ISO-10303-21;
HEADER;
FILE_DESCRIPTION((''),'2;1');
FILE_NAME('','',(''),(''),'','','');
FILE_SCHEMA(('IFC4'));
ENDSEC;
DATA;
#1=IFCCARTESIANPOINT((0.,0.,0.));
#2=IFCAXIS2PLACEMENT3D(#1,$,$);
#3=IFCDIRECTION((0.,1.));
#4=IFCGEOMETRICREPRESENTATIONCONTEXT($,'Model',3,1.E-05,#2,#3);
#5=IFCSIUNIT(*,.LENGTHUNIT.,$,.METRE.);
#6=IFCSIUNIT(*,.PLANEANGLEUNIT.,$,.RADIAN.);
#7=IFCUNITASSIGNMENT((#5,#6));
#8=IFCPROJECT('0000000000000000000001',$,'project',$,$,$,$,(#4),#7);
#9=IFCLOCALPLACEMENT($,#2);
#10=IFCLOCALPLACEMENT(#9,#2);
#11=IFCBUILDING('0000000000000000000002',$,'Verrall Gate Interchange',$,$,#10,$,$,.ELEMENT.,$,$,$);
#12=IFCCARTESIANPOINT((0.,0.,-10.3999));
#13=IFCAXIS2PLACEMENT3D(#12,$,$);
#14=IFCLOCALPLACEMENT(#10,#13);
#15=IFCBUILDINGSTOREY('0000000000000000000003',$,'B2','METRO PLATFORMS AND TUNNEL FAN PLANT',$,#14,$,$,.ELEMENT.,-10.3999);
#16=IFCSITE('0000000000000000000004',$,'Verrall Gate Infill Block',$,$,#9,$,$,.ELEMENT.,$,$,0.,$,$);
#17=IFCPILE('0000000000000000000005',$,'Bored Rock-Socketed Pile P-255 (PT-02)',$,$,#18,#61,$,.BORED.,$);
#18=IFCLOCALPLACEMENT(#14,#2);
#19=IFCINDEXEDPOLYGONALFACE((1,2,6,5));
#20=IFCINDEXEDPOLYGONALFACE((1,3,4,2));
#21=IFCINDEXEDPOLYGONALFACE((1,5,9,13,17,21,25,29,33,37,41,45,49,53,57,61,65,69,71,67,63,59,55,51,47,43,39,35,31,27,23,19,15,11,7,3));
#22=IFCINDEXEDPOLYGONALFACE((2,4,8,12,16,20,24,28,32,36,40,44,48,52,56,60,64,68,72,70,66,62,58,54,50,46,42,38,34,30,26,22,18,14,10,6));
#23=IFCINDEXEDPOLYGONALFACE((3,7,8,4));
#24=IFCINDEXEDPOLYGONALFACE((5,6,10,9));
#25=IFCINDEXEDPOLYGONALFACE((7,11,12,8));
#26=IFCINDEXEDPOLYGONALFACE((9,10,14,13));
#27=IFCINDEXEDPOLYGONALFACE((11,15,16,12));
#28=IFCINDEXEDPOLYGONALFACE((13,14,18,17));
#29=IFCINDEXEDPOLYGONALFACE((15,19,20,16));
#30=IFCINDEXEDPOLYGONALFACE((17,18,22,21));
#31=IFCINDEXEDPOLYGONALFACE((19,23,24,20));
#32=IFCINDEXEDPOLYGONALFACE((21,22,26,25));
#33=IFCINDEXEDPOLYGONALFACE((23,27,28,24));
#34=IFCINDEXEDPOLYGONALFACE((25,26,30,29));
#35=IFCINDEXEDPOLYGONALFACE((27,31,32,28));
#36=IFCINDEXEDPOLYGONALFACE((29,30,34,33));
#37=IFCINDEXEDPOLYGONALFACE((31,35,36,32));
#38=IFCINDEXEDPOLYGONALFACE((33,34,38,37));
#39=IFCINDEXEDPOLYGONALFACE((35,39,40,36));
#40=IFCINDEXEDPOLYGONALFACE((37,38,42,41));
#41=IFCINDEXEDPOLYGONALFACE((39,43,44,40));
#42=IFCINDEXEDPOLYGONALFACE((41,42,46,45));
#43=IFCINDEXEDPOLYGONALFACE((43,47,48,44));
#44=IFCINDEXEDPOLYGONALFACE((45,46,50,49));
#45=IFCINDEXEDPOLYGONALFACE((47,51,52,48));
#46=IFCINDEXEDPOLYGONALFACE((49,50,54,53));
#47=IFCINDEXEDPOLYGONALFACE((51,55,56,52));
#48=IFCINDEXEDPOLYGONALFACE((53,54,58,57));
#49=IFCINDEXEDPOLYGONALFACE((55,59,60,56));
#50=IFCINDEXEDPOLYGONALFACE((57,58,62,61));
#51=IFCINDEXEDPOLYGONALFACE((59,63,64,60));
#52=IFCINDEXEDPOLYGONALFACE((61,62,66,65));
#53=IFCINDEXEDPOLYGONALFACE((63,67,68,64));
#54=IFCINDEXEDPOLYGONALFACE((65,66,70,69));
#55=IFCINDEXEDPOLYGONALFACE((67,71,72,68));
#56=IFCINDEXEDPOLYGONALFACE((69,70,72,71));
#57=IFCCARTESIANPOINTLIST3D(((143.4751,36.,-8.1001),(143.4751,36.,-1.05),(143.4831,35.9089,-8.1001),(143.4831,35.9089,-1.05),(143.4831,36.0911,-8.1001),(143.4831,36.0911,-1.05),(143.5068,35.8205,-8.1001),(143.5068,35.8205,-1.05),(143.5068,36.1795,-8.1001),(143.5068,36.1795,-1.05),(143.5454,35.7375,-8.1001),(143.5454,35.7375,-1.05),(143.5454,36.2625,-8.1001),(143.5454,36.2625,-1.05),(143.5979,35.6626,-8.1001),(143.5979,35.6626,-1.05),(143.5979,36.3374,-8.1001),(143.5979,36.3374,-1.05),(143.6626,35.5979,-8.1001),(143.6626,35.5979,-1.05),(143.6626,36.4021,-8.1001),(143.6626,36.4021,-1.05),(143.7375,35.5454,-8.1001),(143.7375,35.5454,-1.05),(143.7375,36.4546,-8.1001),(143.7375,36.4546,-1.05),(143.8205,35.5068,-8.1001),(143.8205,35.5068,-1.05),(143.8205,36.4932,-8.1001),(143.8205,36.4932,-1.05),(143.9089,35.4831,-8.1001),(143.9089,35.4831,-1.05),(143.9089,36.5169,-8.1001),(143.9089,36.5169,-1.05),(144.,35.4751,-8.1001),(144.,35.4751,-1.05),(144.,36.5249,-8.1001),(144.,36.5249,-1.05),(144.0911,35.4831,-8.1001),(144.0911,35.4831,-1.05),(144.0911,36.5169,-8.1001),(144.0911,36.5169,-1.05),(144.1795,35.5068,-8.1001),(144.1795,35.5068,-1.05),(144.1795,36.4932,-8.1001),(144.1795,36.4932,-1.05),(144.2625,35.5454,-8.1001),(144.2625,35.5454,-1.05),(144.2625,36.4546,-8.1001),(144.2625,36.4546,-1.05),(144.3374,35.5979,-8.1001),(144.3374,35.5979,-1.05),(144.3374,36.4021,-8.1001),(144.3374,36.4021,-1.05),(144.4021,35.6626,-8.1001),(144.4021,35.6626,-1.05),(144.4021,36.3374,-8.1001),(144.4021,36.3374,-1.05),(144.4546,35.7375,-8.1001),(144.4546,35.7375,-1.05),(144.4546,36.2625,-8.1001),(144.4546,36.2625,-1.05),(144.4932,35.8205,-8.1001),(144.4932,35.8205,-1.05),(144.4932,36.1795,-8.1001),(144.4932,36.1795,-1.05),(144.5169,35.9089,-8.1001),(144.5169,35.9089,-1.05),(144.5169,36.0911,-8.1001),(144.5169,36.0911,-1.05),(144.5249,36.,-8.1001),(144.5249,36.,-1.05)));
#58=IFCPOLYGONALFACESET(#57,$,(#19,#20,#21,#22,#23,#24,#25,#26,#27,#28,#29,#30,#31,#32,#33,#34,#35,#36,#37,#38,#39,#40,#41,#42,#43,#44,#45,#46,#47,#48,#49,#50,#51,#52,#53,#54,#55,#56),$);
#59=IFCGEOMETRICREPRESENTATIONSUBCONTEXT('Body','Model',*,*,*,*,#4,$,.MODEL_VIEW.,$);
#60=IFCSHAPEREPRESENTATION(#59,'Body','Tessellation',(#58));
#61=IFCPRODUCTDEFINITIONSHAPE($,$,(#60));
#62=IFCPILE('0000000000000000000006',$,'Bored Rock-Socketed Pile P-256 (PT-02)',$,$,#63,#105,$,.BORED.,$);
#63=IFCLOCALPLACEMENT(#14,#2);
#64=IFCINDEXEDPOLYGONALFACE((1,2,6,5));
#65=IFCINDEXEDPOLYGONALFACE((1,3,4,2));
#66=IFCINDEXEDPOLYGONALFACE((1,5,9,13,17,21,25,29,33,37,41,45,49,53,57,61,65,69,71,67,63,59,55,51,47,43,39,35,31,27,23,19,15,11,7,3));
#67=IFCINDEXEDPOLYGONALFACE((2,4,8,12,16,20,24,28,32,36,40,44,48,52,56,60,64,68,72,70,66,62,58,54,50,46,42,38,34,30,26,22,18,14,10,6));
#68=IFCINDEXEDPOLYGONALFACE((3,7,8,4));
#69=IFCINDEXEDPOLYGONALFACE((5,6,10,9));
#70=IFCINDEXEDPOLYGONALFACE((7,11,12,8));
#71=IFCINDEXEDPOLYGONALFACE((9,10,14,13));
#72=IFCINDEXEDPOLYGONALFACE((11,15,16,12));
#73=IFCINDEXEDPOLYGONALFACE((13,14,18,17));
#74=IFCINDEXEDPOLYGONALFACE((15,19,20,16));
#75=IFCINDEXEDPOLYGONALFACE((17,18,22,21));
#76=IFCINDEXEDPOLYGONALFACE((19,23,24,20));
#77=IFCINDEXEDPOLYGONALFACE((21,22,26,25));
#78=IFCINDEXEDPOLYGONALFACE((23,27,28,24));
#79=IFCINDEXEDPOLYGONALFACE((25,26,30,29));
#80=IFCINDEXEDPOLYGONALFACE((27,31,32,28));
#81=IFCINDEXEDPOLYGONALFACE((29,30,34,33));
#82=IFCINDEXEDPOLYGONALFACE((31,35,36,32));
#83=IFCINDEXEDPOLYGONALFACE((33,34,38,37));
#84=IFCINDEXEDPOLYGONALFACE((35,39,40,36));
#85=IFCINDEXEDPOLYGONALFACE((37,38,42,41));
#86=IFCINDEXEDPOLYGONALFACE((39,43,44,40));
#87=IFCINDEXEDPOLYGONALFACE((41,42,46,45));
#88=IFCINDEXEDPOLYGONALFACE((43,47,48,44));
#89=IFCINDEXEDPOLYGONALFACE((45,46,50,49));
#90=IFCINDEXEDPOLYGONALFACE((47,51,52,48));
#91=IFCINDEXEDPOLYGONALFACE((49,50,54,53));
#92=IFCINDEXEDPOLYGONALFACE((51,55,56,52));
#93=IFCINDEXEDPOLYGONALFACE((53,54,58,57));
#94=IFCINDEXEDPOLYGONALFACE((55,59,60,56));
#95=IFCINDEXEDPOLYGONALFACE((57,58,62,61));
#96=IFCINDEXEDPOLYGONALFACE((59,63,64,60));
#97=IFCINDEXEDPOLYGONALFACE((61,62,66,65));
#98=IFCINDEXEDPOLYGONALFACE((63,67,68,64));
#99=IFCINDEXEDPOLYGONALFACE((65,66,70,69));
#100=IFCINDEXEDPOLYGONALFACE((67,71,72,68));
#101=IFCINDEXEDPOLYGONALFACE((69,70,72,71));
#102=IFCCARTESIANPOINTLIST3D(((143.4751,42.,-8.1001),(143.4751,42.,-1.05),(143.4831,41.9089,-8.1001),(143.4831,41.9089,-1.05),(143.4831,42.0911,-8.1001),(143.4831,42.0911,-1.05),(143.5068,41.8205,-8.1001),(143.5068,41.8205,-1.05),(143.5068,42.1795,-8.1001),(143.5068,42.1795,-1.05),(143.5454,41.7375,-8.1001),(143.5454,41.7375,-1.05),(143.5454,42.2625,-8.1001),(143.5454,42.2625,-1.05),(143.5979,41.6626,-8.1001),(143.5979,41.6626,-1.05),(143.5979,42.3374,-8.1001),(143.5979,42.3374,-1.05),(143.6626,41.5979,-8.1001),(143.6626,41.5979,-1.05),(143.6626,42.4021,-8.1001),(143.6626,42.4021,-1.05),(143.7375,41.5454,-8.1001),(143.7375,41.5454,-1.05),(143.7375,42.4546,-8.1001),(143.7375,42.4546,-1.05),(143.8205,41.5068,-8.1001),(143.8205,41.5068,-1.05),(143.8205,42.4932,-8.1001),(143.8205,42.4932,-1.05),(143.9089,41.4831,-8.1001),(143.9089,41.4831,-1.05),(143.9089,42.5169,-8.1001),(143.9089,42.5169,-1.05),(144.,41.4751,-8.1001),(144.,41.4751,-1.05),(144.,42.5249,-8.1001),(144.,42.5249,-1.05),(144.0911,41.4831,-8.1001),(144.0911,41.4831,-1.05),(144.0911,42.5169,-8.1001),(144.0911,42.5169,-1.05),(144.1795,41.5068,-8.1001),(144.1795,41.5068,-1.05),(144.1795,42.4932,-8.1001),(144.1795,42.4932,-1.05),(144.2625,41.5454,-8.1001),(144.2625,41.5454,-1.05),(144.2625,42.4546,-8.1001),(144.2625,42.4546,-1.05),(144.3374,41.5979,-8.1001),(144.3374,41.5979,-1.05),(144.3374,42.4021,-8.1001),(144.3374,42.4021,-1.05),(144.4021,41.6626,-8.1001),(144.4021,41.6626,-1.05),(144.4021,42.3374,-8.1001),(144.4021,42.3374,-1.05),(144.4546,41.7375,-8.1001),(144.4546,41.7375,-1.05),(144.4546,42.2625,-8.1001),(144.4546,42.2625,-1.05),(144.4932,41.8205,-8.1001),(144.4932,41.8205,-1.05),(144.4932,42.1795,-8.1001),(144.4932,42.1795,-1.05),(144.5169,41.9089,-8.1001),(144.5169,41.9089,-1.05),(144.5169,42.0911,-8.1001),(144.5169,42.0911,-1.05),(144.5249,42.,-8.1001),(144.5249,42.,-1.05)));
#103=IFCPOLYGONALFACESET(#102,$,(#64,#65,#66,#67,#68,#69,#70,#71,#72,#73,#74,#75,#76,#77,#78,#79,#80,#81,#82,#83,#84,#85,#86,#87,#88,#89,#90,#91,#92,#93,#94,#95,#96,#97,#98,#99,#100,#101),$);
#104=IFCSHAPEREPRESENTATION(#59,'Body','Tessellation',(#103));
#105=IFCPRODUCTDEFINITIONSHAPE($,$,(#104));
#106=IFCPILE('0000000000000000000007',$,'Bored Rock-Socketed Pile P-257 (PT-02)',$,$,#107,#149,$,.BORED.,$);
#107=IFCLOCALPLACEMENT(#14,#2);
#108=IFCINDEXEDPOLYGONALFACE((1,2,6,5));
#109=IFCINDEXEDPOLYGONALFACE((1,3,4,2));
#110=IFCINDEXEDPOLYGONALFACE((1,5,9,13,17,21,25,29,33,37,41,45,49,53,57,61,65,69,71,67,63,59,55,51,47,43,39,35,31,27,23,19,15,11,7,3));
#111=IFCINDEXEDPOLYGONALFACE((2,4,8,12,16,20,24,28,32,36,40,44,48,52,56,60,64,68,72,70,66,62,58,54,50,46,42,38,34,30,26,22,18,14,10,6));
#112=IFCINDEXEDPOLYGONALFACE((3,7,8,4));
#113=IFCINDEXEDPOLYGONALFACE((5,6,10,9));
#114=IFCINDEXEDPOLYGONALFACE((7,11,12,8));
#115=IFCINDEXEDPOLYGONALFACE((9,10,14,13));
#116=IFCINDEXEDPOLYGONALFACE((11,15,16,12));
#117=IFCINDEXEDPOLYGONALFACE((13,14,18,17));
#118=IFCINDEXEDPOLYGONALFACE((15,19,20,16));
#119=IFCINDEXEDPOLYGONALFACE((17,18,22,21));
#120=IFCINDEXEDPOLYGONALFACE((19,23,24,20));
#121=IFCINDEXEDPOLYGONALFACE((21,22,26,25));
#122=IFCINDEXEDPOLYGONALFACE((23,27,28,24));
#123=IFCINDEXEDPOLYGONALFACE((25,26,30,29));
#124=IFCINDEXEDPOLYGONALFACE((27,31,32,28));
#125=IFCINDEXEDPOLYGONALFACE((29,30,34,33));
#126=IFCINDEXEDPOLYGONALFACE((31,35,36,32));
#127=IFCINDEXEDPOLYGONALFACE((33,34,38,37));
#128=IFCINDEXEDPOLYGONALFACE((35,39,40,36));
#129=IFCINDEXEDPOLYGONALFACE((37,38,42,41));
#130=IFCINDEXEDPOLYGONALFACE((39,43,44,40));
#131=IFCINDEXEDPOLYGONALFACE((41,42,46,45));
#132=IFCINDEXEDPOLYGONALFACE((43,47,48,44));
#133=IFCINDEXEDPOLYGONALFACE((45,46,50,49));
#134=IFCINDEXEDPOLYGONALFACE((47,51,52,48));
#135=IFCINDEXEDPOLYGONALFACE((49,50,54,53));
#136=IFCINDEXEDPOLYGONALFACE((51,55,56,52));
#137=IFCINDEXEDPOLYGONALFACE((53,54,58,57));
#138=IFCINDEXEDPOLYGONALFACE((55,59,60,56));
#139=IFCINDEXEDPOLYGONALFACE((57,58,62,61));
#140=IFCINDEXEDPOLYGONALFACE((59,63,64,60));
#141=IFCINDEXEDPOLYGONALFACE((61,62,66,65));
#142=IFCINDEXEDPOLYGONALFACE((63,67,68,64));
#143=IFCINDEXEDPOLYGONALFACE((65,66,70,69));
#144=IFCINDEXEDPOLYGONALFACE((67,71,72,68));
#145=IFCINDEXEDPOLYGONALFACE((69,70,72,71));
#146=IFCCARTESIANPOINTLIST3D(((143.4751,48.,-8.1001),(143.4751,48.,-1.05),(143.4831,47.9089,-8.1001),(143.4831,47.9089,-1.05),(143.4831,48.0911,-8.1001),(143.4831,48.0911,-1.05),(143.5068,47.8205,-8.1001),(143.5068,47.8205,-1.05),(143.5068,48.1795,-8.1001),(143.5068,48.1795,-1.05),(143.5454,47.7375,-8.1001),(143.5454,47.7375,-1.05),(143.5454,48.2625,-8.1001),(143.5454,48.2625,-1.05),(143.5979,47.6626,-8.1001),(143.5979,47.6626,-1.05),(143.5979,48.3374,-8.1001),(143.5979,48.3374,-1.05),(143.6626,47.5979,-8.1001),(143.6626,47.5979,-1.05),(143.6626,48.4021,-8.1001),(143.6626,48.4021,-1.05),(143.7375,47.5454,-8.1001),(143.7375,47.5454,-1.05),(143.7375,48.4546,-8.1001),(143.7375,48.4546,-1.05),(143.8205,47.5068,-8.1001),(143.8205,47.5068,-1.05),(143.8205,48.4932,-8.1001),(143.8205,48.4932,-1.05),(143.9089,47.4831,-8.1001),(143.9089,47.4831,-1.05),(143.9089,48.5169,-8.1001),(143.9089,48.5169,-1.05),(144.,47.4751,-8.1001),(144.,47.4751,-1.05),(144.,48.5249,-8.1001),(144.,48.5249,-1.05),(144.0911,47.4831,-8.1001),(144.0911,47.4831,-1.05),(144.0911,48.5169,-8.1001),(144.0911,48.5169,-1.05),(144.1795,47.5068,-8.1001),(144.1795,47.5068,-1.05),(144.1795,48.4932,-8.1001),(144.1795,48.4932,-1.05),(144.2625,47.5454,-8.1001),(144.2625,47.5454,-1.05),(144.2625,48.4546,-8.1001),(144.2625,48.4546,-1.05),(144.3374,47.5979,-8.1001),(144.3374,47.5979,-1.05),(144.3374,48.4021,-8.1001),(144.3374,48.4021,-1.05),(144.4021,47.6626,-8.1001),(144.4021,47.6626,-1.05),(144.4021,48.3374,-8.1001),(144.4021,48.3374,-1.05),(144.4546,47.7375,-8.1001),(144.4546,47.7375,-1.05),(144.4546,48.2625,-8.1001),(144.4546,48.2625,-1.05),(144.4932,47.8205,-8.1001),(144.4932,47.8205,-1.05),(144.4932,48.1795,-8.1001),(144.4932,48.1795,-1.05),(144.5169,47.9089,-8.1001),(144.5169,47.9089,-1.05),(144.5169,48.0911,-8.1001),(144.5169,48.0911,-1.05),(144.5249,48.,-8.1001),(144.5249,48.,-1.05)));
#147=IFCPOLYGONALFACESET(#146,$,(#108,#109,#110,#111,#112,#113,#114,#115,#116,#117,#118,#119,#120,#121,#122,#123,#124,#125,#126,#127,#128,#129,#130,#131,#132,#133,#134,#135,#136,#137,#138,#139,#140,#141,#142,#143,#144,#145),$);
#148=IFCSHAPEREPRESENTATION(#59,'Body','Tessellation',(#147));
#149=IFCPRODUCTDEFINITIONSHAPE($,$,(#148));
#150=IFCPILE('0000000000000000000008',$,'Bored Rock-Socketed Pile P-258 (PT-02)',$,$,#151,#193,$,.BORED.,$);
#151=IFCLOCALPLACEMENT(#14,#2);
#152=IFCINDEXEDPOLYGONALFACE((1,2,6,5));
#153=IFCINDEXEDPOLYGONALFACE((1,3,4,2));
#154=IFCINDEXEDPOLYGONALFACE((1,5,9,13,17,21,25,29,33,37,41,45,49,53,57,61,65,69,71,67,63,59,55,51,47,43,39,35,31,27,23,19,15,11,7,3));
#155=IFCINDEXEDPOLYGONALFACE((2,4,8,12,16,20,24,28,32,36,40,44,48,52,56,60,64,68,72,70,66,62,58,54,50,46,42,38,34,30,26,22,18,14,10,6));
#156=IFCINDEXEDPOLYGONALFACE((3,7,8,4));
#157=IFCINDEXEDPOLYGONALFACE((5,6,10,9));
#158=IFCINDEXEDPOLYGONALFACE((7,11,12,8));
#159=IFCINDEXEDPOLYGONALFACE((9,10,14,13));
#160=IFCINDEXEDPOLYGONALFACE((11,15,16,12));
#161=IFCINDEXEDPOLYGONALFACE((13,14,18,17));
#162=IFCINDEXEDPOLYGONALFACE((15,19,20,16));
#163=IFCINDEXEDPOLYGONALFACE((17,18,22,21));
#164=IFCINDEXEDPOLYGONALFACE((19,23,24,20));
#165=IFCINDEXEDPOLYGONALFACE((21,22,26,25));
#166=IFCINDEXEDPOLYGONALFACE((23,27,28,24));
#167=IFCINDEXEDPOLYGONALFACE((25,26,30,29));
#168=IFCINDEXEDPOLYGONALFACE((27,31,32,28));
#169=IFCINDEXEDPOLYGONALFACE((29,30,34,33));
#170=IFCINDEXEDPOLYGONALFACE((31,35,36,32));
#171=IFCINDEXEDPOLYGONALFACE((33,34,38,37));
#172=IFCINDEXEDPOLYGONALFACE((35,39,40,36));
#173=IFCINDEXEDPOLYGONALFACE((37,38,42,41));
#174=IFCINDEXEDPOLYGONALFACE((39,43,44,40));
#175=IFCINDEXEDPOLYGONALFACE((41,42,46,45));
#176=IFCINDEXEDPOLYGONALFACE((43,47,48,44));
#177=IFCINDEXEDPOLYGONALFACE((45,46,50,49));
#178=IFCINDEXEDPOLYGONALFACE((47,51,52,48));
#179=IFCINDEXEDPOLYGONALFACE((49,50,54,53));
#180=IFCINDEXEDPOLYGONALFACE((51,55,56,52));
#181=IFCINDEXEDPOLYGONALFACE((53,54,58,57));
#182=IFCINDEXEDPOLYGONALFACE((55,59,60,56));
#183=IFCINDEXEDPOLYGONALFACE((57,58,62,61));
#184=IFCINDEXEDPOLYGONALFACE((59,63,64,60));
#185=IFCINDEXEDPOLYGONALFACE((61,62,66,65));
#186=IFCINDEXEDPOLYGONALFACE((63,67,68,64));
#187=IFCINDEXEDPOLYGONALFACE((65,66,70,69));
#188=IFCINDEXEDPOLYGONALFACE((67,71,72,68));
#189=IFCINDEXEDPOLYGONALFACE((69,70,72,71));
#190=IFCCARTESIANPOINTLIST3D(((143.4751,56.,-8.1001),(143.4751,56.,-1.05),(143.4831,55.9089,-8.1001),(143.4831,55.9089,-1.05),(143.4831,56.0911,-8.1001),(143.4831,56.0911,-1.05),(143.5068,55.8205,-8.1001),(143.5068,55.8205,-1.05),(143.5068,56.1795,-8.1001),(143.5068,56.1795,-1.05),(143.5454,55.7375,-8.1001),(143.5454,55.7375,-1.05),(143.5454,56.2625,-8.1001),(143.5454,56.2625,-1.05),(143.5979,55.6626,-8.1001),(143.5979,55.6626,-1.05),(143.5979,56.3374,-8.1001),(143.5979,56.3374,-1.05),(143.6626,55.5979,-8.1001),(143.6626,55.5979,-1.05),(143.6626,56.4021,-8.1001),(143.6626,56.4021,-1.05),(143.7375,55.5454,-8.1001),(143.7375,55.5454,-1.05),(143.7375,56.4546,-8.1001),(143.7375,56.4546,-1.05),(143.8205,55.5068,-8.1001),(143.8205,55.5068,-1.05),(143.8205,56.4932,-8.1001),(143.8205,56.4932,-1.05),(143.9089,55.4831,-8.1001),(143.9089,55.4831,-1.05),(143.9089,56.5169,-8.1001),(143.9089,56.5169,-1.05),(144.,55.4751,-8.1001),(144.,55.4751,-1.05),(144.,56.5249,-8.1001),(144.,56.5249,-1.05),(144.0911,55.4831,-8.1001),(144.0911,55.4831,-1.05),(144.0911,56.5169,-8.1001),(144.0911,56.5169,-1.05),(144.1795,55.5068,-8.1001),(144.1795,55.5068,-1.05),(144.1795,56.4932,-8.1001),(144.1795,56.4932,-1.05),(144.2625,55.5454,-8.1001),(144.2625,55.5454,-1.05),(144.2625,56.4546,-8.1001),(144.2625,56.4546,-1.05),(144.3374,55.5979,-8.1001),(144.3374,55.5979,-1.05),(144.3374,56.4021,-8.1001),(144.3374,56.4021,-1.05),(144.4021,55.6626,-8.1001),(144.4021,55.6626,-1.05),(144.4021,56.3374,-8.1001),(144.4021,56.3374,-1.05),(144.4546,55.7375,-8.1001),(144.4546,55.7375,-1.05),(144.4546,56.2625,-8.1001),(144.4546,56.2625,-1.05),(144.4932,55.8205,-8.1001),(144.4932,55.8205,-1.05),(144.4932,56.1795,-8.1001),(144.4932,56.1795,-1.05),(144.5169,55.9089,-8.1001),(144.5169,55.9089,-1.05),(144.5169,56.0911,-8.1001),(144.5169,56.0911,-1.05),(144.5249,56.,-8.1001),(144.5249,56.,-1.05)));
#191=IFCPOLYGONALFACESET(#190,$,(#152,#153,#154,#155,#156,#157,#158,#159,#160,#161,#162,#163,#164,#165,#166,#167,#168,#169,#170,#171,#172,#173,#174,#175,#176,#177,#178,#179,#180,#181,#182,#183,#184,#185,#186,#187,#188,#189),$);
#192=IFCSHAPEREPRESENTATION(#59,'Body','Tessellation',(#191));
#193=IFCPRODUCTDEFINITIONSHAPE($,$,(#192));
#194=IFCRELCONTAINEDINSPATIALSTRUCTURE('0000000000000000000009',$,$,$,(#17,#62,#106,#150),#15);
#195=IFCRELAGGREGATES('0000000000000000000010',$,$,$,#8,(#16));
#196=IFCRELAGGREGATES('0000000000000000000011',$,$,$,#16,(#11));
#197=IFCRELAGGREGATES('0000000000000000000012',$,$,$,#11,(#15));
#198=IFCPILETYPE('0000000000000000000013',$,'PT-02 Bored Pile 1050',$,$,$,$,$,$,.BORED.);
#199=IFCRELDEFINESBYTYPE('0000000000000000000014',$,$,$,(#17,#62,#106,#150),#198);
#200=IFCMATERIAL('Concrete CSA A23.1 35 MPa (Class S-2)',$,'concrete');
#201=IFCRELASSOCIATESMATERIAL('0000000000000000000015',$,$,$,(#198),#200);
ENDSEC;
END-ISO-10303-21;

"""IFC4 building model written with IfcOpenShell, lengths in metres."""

from ifc_helpers import new_model, si_unit, direction, frame, origin, origin_2d, place, context, subcontext, project, spatial, circle, extrude, material, material_profile, profile_set, type_object, element, save


model = new_model("IFC4")

# Units and contexts
model_context = context("Model", 3, precision=1e-05, world=origin(), true_north=direction((0.0, 1.0)))
body_context = subcontext(model_context, "Body", "Model", "MODEL_VIEW")
ifc_project = project(units=[si_unit("LENGTHUNIT", "METRE"), si_unit("PLANEANGLEUNIT", "RADIAN")], contexts=[model_context])

# Site, building, storey
site_placement = place(None, origin())
site = spatial("IfcSite", under=ifc_project, at=site_placement, Name="Verrall Gate Infill Block", CompositionType="ELEMENT", RefElevation=0.0)
building_placement = place(site_placement, origin())
building = spatial("IfcBuilding", under=site, at=building_placement, Name="Verrall Gate Interchange", CompositionType="ELEMENT")
storey_placement = place(building_placement, frame((0.0, 0.0, -10.3999)))
storey = spatial("IfcBuildingStorey", under=building, at=storey_placement, Name="B2", Description="METRO PLATFORMS AND TUNNEL FAN PLANT", CompositionType="ELEMENT", Elevation=-10.3999)

# Piles
ifc_material_1 = material(Name="Concrete CSA A23.1 35 MPa (Class S-2)", Category="concrete")
ifc_material_profile_1 = material_profile(ifc_material_1, circle(Radius=0.5249, at=origin_2d()), Name="PILE1050D")
ifc_profile_set_1 = profile_set([ifc_material_profile_1], Name="Concrete CSA A23.1 35 MPa (Class S-2)")
pile_type = type_object("IfcPileType", Name="PT-02 Bored Pile 1050", PredefinedType="BORED", material=ifc_profile_set_1)
for number, where, z_axis, x_axis, name in (
    (1, (144.0, 36.0, -1.05), (0.0, 0.0, -1.0), (1.0, 0.0, 0.0), "Bored Rock-Socketed Pile P-255 (PT-02)"),
    (2, (144.0, 42.0, -1.05), (0.0, 0.0, -1.0), (1.0, 0.0, 0.0), "Bored Rock-Socketed Pile P-256 (PT-02)"),
    (3, (144.0, 48.0, -1.05), (0.0, 0.0, -1.0), (1.0, 0.0, 0.0), "Bored Rock-Socketed Pile P-257 (PT-02)"),
    (4, (144.0, 56.0, -1.05), (0.0, 0.0, -1.0), (1.0, 0.0, 0.0), "Bored Rock-Socketed Pile P-258 (PT-02)"),
):
    element("IfcPile", number, at=place(storey_placement, frame(where, z_axis=z_axis, x_axis=x_axis)), inside=storey, type_object=pile_type, Name=name, PredefinedType="BORED", context=body_context, shape_type="SweptSolid", body=[
        extrude(circle(Radius=0.5249, at=origin_2d()), origin(), (0.0, 0.0, 1.0), 7.05),
    ])

save(model, "model.ifc")
